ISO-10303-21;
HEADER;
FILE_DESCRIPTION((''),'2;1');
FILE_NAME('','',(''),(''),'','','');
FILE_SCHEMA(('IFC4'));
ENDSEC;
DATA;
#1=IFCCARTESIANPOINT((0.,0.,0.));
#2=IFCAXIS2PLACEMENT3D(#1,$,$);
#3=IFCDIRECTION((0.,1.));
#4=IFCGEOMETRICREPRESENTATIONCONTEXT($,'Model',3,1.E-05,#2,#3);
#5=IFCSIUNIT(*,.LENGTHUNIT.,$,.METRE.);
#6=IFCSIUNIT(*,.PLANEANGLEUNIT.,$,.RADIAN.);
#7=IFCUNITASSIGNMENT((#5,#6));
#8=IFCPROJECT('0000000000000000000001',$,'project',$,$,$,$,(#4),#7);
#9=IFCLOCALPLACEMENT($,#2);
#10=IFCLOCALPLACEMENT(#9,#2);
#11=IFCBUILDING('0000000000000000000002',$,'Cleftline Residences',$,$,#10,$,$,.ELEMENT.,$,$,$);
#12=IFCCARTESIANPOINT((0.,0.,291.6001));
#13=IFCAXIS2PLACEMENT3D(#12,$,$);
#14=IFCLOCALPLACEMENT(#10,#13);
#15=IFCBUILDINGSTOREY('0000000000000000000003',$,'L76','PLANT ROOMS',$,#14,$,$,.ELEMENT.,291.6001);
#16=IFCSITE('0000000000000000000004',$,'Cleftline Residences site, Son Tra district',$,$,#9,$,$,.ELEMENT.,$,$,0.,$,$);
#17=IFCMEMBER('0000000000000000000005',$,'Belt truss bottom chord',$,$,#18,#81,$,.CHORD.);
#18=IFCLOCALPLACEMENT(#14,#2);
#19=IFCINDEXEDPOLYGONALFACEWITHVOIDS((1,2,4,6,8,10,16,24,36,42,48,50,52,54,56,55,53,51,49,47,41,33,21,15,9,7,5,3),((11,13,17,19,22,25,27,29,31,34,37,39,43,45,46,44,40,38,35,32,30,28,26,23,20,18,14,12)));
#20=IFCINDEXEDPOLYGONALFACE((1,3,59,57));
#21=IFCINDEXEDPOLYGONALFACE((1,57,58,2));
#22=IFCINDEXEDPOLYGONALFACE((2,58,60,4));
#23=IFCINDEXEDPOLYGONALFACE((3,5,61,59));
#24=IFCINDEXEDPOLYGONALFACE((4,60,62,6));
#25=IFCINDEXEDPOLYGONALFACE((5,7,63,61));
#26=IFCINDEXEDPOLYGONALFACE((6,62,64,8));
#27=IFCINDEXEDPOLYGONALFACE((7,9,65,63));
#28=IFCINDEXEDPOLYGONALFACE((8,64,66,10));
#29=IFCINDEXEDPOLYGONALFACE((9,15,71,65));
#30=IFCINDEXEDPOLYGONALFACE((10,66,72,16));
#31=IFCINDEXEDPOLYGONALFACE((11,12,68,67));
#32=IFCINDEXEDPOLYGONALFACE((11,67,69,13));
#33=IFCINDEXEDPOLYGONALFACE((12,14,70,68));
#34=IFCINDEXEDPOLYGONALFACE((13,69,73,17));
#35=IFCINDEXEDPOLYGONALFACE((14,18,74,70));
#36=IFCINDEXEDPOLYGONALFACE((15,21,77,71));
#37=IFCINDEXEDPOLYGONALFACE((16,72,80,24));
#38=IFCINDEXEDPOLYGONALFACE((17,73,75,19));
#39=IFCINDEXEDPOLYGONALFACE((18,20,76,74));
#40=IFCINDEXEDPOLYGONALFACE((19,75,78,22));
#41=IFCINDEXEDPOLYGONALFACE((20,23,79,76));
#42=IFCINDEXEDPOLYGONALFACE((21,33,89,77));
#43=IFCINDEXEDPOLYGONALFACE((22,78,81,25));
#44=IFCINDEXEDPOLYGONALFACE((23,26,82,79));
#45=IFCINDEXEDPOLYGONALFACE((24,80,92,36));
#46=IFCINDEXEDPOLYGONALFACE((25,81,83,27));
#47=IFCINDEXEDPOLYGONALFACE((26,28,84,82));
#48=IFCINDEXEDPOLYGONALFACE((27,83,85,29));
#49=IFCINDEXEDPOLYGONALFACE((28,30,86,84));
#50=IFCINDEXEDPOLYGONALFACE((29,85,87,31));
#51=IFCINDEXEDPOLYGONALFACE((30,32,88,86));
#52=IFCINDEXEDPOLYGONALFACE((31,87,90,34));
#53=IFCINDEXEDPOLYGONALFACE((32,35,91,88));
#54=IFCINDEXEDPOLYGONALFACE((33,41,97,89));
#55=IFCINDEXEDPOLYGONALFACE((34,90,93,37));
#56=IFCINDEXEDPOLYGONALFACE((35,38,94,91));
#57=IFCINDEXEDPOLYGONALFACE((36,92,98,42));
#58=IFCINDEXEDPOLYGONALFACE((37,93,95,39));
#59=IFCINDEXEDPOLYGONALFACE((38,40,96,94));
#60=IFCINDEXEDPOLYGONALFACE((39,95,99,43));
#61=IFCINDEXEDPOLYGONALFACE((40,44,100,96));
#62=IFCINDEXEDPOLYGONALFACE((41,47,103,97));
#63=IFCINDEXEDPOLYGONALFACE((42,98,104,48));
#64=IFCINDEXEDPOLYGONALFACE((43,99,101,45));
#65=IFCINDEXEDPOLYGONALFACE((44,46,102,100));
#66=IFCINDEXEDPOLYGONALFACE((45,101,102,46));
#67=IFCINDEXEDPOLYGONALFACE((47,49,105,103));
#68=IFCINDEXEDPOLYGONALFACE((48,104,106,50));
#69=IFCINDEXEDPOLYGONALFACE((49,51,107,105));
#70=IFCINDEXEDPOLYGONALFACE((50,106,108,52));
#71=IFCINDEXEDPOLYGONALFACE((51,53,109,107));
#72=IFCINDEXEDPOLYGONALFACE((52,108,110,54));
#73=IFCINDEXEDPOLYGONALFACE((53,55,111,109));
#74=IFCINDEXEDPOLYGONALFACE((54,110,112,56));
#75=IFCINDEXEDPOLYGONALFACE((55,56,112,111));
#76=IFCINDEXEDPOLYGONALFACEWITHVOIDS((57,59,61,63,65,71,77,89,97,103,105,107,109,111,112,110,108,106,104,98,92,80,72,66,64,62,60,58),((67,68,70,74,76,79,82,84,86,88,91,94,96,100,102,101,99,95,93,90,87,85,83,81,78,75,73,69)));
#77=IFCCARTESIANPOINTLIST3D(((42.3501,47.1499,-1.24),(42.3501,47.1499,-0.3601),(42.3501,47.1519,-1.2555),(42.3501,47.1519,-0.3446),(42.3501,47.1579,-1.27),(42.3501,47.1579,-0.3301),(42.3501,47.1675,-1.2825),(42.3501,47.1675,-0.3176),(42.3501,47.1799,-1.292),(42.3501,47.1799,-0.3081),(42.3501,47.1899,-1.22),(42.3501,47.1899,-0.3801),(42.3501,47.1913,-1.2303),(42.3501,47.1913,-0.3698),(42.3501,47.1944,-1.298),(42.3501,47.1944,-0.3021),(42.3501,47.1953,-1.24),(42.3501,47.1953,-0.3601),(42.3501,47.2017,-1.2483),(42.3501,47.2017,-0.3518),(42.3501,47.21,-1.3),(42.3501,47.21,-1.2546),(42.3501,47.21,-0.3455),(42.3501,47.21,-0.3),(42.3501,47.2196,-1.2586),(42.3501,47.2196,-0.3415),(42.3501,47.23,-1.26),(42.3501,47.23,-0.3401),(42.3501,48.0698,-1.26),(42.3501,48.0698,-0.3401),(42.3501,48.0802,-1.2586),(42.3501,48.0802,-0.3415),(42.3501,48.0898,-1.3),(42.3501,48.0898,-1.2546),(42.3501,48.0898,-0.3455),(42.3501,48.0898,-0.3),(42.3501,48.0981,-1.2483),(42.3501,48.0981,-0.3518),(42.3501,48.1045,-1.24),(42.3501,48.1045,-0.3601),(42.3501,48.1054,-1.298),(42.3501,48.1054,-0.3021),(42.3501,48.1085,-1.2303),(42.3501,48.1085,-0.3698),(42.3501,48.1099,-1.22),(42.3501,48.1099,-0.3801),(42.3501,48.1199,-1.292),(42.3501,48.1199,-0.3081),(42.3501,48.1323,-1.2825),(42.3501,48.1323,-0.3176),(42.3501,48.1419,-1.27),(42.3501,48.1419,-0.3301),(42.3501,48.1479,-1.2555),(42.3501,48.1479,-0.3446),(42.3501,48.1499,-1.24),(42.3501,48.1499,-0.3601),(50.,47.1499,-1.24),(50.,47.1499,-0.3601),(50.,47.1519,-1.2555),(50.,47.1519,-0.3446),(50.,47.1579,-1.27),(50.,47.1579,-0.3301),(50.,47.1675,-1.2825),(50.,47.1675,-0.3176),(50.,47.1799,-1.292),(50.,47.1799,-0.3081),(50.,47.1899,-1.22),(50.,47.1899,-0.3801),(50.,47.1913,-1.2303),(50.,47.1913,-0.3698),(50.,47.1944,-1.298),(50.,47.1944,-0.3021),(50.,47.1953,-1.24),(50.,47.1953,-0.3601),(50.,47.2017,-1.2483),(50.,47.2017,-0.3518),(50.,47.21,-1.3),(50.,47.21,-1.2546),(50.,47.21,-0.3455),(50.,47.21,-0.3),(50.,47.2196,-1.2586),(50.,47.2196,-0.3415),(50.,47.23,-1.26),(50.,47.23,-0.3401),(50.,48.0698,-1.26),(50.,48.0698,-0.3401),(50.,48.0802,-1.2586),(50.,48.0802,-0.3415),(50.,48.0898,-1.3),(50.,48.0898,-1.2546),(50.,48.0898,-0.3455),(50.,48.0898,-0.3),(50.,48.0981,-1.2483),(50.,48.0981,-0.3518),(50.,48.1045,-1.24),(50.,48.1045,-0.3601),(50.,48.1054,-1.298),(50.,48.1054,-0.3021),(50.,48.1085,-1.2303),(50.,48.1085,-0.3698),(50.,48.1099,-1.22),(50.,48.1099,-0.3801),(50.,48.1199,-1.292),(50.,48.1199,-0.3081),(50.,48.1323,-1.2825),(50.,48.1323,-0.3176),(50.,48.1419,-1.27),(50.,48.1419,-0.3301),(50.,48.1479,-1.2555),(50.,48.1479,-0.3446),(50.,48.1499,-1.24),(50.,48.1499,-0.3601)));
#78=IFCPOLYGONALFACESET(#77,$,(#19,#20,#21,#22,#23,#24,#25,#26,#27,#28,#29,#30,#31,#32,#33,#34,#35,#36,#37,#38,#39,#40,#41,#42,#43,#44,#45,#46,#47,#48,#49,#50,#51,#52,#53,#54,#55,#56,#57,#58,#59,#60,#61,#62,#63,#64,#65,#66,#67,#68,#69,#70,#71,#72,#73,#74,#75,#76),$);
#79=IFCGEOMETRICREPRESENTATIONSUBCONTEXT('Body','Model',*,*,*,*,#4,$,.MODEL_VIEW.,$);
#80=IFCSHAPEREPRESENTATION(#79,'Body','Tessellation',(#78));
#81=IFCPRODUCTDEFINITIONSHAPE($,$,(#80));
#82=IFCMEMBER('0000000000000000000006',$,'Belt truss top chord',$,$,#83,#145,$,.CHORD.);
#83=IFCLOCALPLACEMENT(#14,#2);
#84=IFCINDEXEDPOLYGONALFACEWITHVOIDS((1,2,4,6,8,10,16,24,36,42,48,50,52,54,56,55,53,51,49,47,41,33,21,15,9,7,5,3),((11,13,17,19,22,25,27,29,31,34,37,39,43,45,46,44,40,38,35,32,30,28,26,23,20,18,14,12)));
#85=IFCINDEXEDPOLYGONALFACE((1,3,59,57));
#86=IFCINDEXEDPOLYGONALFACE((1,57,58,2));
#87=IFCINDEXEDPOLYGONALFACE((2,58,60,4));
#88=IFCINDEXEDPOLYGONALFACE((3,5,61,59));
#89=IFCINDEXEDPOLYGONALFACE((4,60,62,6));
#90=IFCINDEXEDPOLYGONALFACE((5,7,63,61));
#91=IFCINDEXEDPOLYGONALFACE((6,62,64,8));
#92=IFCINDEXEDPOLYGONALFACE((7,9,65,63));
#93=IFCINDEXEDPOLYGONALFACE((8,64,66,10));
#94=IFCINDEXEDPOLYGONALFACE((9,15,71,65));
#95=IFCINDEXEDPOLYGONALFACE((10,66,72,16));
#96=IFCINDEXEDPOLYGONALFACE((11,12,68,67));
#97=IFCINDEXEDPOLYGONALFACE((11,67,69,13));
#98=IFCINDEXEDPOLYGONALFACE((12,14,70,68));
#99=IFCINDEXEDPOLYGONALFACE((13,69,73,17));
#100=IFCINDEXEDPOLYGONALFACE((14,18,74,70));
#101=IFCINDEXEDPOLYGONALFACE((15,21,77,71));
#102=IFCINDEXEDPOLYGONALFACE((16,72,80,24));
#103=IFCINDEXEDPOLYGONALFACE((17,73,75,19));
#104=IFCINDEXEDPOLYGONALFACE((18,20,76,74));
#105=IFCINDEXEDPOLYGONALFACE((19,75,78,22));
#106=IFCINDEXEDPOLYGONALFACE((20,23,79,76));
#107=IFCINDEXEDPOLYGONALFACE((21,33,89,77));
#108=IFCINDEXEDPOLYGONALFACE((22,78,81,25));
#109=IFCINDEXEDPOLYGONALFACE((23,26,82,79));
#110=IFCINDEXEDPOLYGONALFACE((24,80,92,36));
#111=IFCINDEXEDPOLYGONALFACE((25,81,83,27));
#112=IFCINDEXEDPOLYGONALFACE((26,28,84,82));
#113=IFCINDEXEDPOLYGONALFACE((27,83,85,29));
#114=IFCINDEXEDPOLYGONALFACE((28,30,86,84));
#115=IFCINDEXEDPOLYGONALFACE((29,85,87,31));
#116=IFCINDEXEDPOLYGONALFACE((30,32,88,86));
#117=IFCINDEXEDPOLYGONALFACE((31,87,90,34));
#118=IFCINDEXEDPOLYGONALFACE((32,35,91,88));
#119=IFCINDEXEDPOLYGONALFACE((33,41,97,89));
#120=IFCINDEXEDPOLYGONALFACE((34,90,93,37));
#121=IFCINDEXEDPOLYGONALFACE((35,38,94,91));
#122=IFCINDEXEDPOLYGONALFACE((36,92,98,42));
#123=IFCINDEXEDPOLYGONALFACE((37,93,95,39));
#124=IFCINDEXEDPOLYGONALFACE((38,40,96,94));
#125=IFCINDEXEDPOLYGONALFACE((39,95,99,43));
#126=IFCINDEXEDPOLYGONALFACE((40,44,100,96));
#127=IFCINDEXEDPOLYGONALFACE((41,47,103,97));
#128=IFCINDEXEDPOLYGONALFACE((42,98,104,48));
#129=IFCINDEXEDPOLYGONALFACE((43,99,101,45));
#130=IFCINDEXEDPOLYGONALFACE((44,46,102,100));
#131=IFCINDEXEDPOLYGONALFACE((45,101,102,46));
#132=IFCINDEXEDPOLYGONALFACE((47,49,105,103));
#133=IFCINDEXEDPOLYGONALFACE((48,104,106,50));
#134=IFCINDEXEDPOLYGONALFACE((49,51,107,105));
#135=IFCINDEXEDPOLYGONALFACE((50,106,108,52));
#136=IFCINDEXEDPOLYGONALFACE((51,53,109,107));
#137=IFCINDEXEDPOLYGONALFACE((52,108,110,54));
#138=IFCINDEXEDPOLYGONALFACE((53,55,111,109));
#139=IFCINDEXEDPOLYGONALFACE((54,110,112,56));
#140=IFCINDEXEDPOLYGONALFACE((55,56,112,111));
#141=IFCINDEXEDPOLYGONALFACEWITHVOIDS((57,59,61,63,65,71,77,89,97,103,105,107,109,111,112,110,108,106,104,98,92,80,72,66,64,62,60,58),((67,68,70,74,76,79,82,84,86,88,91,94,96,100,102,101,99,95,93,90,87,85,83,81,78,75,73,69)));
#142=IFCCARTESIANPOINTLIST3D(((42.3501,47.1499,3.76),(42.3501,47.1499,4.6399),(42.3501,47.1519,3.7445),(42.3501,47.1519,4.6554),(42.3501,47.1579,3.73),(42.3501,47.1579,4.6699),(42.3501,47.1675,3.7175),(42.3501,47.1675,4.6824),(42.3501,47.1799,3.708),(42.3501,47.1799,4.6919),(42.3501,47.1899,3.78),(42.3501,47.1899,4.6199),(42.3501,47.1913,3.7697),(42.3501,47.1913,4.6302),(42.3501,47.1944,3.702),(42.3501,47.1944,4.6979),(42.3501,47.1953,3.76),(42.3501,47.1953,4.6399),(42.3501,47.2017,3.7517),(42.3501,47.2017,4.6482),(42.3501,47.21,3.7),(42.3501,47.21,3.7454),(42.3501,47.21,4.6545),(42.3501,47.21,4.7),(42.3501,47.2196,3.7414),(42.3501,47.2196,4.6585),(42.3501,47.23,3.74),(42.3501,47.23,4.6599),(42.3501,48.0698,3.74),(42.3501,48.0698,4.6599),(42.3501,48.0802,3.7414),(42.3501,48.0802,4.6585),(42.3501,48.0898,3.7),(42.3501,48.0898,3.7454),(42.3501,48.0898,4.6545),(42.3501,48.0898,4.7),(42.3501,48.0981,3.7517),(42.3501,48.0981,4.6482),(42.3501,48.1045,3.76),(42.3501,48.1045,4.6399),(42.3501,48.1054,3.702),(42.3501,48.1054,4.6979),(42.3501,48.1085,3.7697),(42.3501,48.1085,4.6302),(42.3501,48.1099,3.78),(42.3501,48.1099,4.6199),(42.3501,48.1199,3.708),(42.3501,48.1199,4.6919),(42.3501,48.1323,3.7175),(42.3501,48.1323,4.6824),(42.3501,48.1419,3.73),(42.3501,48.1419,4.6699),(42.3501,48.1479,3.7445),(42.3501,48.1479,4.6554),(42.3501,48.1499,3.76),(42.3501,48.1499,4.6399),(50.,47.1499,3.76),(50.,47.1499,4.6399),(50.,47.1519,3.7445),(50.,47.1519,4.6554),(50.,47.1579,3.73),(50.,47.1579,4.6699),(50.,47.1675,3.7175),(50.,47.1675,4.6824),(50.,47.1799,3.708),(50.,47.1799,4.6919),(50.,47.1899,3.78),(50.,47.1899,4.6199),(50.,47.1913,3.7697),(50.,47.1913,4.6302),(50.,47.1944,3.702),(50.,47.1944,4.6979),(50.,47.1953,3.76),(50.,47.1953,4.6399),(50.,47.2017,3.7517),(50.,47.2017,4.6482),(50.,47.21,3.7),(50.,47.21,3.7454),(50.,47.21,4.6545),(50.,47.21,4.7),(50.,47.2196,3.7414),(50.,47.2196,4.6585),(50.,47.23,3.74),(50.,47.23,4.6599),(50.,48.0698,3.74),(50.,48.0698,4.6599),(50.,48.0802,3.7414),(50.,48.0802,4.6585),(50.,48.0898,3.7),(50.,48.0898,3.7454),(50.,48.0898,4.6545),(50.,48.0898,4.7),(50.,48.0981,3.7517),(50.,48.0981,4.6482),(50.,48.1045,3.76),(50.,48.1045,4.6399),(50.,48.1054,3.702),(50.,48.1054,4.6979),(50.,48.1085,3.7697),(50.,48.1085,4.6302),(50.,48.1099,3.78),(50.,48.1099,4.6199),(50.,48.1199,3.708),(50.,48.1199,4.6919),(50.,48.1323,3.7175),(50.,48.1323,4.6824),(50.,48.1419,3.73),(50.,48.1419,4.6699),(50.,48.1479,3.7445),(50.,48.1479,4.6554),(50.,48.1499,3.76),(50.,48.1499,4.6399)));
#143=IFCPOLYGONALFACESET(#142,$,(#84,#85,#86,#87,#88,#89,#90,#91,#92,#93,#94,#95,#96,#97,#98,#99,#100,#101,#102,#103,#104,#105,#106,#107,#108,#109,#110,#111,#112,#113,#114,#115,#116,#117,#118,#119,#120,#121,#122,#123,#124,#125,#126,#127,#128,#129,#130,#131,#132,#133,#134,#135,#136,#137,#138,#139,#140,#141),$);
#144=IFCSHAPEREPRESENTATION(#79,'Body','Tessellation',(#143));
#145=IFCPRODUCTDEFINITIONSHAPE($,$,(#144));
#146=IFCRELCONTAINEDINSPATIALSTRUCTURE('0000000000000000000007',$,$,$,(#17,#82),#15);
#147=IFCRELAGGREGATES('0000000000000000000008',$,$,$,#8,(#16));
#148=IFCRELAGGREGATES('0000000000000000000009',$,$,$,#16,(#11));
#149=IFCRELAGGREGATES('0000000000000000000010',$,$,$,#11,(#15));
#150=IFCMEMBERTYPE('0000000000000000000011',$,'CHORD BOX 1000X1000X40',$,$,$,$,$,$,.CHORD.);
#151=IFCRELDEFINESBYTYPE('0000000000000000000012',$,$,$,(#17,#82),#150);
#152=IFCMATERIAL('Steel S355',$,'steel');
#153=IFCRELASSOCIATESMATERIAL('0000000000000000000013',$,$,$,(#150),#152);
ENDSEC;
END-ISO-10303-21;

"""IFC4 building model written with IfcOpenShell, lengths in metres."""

from ifc_helpers import new_model, si_unit, direction, frame, origin, origin_2d, place, context, subcontext, project, spatial, hollow_rectangle, extrude, material, material_profile, profile_set, type_object, element, save


model = new_model("IFC4")

# Units and contexts
model_context = context("Model", 3, precision=1e-05, world=origin(), true_north=direction((0.0, 1.0)))
body_context = subcontext(model_context, "Body", "Model", "MODEL_VIEW")
ifc_project = project(units=[si_unit("LENGTHUNIT", "METRE"), si_unit("PLANEANGLEUNIT", "RADIAN")], contexts=[model_context])

# Site, building, storey
site_placement = place(None, origin())
site = spatial("IfcSite", under=ifc_project, at=site_placement, Name="Cleftline Residences site, Son Tra district", CompositionType="ELEMENT", RefElevation=0.0)
building_placement = place(site_placement, origin())
building = spatial("IfcBuilding", under=site, at=building_placement, Name="Cleftline Residences", CompositionType="ELEMENT")
storey_placement = place(building_placement, frame((0.0, 0.0, 291.6001)))
storey = spatial("IfcBuildingStorey", under=building, at=storey_placement, Name="L76", Description="PLANT ROOMS", CompositionType="ELEMENT", Elevation=291.6001)

# Members
ifc_material_1 = material(Name="Steel S355", Category="steel")
ifc_material_profile_1 = material_profile(ifc_material_1, hollow_rectangle(XDim=1.0, YDim=1.0, WallThickness=0.04, InnerFilletRadius=0.04, OuterFilletRadius=0.0601, at=origin_2d()))
ifc_profile_set_1 = profile_set([ifc_material_profile_1], Name="Steel S355")
member_type_1 = type_object("IfcMemberType", Name="CHORD BOX 1000X1000X40", PredefinedType="CHORD", material=ifc_profile_set_1)
for number, where, z_axis, x_axis, name in (
    (1, (42.3501, 47.6499, -0.8), (1.0, 0.0, 0.0), (0.0, 1.0, 0.0), "Belt truss bottom chord"),
    (2, (42.3501, 47.6499, 4.2), (1.0, 0.0, 0.0), (0.0, 1.0, 0.0), "Belt truss top chord"),
):
    element("IfcMember", number, at=place(storey_placement, frame(where, z_axis=z_axis, x_axis=x_axis)), inside=storey, type_object=member_type_1, Name=name, PredefinedType="CHORD", context=body_context, shape_type="SweptSolid", body=[
        extrude(hollow_rectangle(XDim=1.0, YDim=1.0, WallThickness=0.04, InnerFilletRadius=0.04, OuterFilletRadius=0.0601, at=origin_2d()), origin(), (0.0, 0.0, 1.0), 7.6499),
    ])

save(model, "model.ifc")
